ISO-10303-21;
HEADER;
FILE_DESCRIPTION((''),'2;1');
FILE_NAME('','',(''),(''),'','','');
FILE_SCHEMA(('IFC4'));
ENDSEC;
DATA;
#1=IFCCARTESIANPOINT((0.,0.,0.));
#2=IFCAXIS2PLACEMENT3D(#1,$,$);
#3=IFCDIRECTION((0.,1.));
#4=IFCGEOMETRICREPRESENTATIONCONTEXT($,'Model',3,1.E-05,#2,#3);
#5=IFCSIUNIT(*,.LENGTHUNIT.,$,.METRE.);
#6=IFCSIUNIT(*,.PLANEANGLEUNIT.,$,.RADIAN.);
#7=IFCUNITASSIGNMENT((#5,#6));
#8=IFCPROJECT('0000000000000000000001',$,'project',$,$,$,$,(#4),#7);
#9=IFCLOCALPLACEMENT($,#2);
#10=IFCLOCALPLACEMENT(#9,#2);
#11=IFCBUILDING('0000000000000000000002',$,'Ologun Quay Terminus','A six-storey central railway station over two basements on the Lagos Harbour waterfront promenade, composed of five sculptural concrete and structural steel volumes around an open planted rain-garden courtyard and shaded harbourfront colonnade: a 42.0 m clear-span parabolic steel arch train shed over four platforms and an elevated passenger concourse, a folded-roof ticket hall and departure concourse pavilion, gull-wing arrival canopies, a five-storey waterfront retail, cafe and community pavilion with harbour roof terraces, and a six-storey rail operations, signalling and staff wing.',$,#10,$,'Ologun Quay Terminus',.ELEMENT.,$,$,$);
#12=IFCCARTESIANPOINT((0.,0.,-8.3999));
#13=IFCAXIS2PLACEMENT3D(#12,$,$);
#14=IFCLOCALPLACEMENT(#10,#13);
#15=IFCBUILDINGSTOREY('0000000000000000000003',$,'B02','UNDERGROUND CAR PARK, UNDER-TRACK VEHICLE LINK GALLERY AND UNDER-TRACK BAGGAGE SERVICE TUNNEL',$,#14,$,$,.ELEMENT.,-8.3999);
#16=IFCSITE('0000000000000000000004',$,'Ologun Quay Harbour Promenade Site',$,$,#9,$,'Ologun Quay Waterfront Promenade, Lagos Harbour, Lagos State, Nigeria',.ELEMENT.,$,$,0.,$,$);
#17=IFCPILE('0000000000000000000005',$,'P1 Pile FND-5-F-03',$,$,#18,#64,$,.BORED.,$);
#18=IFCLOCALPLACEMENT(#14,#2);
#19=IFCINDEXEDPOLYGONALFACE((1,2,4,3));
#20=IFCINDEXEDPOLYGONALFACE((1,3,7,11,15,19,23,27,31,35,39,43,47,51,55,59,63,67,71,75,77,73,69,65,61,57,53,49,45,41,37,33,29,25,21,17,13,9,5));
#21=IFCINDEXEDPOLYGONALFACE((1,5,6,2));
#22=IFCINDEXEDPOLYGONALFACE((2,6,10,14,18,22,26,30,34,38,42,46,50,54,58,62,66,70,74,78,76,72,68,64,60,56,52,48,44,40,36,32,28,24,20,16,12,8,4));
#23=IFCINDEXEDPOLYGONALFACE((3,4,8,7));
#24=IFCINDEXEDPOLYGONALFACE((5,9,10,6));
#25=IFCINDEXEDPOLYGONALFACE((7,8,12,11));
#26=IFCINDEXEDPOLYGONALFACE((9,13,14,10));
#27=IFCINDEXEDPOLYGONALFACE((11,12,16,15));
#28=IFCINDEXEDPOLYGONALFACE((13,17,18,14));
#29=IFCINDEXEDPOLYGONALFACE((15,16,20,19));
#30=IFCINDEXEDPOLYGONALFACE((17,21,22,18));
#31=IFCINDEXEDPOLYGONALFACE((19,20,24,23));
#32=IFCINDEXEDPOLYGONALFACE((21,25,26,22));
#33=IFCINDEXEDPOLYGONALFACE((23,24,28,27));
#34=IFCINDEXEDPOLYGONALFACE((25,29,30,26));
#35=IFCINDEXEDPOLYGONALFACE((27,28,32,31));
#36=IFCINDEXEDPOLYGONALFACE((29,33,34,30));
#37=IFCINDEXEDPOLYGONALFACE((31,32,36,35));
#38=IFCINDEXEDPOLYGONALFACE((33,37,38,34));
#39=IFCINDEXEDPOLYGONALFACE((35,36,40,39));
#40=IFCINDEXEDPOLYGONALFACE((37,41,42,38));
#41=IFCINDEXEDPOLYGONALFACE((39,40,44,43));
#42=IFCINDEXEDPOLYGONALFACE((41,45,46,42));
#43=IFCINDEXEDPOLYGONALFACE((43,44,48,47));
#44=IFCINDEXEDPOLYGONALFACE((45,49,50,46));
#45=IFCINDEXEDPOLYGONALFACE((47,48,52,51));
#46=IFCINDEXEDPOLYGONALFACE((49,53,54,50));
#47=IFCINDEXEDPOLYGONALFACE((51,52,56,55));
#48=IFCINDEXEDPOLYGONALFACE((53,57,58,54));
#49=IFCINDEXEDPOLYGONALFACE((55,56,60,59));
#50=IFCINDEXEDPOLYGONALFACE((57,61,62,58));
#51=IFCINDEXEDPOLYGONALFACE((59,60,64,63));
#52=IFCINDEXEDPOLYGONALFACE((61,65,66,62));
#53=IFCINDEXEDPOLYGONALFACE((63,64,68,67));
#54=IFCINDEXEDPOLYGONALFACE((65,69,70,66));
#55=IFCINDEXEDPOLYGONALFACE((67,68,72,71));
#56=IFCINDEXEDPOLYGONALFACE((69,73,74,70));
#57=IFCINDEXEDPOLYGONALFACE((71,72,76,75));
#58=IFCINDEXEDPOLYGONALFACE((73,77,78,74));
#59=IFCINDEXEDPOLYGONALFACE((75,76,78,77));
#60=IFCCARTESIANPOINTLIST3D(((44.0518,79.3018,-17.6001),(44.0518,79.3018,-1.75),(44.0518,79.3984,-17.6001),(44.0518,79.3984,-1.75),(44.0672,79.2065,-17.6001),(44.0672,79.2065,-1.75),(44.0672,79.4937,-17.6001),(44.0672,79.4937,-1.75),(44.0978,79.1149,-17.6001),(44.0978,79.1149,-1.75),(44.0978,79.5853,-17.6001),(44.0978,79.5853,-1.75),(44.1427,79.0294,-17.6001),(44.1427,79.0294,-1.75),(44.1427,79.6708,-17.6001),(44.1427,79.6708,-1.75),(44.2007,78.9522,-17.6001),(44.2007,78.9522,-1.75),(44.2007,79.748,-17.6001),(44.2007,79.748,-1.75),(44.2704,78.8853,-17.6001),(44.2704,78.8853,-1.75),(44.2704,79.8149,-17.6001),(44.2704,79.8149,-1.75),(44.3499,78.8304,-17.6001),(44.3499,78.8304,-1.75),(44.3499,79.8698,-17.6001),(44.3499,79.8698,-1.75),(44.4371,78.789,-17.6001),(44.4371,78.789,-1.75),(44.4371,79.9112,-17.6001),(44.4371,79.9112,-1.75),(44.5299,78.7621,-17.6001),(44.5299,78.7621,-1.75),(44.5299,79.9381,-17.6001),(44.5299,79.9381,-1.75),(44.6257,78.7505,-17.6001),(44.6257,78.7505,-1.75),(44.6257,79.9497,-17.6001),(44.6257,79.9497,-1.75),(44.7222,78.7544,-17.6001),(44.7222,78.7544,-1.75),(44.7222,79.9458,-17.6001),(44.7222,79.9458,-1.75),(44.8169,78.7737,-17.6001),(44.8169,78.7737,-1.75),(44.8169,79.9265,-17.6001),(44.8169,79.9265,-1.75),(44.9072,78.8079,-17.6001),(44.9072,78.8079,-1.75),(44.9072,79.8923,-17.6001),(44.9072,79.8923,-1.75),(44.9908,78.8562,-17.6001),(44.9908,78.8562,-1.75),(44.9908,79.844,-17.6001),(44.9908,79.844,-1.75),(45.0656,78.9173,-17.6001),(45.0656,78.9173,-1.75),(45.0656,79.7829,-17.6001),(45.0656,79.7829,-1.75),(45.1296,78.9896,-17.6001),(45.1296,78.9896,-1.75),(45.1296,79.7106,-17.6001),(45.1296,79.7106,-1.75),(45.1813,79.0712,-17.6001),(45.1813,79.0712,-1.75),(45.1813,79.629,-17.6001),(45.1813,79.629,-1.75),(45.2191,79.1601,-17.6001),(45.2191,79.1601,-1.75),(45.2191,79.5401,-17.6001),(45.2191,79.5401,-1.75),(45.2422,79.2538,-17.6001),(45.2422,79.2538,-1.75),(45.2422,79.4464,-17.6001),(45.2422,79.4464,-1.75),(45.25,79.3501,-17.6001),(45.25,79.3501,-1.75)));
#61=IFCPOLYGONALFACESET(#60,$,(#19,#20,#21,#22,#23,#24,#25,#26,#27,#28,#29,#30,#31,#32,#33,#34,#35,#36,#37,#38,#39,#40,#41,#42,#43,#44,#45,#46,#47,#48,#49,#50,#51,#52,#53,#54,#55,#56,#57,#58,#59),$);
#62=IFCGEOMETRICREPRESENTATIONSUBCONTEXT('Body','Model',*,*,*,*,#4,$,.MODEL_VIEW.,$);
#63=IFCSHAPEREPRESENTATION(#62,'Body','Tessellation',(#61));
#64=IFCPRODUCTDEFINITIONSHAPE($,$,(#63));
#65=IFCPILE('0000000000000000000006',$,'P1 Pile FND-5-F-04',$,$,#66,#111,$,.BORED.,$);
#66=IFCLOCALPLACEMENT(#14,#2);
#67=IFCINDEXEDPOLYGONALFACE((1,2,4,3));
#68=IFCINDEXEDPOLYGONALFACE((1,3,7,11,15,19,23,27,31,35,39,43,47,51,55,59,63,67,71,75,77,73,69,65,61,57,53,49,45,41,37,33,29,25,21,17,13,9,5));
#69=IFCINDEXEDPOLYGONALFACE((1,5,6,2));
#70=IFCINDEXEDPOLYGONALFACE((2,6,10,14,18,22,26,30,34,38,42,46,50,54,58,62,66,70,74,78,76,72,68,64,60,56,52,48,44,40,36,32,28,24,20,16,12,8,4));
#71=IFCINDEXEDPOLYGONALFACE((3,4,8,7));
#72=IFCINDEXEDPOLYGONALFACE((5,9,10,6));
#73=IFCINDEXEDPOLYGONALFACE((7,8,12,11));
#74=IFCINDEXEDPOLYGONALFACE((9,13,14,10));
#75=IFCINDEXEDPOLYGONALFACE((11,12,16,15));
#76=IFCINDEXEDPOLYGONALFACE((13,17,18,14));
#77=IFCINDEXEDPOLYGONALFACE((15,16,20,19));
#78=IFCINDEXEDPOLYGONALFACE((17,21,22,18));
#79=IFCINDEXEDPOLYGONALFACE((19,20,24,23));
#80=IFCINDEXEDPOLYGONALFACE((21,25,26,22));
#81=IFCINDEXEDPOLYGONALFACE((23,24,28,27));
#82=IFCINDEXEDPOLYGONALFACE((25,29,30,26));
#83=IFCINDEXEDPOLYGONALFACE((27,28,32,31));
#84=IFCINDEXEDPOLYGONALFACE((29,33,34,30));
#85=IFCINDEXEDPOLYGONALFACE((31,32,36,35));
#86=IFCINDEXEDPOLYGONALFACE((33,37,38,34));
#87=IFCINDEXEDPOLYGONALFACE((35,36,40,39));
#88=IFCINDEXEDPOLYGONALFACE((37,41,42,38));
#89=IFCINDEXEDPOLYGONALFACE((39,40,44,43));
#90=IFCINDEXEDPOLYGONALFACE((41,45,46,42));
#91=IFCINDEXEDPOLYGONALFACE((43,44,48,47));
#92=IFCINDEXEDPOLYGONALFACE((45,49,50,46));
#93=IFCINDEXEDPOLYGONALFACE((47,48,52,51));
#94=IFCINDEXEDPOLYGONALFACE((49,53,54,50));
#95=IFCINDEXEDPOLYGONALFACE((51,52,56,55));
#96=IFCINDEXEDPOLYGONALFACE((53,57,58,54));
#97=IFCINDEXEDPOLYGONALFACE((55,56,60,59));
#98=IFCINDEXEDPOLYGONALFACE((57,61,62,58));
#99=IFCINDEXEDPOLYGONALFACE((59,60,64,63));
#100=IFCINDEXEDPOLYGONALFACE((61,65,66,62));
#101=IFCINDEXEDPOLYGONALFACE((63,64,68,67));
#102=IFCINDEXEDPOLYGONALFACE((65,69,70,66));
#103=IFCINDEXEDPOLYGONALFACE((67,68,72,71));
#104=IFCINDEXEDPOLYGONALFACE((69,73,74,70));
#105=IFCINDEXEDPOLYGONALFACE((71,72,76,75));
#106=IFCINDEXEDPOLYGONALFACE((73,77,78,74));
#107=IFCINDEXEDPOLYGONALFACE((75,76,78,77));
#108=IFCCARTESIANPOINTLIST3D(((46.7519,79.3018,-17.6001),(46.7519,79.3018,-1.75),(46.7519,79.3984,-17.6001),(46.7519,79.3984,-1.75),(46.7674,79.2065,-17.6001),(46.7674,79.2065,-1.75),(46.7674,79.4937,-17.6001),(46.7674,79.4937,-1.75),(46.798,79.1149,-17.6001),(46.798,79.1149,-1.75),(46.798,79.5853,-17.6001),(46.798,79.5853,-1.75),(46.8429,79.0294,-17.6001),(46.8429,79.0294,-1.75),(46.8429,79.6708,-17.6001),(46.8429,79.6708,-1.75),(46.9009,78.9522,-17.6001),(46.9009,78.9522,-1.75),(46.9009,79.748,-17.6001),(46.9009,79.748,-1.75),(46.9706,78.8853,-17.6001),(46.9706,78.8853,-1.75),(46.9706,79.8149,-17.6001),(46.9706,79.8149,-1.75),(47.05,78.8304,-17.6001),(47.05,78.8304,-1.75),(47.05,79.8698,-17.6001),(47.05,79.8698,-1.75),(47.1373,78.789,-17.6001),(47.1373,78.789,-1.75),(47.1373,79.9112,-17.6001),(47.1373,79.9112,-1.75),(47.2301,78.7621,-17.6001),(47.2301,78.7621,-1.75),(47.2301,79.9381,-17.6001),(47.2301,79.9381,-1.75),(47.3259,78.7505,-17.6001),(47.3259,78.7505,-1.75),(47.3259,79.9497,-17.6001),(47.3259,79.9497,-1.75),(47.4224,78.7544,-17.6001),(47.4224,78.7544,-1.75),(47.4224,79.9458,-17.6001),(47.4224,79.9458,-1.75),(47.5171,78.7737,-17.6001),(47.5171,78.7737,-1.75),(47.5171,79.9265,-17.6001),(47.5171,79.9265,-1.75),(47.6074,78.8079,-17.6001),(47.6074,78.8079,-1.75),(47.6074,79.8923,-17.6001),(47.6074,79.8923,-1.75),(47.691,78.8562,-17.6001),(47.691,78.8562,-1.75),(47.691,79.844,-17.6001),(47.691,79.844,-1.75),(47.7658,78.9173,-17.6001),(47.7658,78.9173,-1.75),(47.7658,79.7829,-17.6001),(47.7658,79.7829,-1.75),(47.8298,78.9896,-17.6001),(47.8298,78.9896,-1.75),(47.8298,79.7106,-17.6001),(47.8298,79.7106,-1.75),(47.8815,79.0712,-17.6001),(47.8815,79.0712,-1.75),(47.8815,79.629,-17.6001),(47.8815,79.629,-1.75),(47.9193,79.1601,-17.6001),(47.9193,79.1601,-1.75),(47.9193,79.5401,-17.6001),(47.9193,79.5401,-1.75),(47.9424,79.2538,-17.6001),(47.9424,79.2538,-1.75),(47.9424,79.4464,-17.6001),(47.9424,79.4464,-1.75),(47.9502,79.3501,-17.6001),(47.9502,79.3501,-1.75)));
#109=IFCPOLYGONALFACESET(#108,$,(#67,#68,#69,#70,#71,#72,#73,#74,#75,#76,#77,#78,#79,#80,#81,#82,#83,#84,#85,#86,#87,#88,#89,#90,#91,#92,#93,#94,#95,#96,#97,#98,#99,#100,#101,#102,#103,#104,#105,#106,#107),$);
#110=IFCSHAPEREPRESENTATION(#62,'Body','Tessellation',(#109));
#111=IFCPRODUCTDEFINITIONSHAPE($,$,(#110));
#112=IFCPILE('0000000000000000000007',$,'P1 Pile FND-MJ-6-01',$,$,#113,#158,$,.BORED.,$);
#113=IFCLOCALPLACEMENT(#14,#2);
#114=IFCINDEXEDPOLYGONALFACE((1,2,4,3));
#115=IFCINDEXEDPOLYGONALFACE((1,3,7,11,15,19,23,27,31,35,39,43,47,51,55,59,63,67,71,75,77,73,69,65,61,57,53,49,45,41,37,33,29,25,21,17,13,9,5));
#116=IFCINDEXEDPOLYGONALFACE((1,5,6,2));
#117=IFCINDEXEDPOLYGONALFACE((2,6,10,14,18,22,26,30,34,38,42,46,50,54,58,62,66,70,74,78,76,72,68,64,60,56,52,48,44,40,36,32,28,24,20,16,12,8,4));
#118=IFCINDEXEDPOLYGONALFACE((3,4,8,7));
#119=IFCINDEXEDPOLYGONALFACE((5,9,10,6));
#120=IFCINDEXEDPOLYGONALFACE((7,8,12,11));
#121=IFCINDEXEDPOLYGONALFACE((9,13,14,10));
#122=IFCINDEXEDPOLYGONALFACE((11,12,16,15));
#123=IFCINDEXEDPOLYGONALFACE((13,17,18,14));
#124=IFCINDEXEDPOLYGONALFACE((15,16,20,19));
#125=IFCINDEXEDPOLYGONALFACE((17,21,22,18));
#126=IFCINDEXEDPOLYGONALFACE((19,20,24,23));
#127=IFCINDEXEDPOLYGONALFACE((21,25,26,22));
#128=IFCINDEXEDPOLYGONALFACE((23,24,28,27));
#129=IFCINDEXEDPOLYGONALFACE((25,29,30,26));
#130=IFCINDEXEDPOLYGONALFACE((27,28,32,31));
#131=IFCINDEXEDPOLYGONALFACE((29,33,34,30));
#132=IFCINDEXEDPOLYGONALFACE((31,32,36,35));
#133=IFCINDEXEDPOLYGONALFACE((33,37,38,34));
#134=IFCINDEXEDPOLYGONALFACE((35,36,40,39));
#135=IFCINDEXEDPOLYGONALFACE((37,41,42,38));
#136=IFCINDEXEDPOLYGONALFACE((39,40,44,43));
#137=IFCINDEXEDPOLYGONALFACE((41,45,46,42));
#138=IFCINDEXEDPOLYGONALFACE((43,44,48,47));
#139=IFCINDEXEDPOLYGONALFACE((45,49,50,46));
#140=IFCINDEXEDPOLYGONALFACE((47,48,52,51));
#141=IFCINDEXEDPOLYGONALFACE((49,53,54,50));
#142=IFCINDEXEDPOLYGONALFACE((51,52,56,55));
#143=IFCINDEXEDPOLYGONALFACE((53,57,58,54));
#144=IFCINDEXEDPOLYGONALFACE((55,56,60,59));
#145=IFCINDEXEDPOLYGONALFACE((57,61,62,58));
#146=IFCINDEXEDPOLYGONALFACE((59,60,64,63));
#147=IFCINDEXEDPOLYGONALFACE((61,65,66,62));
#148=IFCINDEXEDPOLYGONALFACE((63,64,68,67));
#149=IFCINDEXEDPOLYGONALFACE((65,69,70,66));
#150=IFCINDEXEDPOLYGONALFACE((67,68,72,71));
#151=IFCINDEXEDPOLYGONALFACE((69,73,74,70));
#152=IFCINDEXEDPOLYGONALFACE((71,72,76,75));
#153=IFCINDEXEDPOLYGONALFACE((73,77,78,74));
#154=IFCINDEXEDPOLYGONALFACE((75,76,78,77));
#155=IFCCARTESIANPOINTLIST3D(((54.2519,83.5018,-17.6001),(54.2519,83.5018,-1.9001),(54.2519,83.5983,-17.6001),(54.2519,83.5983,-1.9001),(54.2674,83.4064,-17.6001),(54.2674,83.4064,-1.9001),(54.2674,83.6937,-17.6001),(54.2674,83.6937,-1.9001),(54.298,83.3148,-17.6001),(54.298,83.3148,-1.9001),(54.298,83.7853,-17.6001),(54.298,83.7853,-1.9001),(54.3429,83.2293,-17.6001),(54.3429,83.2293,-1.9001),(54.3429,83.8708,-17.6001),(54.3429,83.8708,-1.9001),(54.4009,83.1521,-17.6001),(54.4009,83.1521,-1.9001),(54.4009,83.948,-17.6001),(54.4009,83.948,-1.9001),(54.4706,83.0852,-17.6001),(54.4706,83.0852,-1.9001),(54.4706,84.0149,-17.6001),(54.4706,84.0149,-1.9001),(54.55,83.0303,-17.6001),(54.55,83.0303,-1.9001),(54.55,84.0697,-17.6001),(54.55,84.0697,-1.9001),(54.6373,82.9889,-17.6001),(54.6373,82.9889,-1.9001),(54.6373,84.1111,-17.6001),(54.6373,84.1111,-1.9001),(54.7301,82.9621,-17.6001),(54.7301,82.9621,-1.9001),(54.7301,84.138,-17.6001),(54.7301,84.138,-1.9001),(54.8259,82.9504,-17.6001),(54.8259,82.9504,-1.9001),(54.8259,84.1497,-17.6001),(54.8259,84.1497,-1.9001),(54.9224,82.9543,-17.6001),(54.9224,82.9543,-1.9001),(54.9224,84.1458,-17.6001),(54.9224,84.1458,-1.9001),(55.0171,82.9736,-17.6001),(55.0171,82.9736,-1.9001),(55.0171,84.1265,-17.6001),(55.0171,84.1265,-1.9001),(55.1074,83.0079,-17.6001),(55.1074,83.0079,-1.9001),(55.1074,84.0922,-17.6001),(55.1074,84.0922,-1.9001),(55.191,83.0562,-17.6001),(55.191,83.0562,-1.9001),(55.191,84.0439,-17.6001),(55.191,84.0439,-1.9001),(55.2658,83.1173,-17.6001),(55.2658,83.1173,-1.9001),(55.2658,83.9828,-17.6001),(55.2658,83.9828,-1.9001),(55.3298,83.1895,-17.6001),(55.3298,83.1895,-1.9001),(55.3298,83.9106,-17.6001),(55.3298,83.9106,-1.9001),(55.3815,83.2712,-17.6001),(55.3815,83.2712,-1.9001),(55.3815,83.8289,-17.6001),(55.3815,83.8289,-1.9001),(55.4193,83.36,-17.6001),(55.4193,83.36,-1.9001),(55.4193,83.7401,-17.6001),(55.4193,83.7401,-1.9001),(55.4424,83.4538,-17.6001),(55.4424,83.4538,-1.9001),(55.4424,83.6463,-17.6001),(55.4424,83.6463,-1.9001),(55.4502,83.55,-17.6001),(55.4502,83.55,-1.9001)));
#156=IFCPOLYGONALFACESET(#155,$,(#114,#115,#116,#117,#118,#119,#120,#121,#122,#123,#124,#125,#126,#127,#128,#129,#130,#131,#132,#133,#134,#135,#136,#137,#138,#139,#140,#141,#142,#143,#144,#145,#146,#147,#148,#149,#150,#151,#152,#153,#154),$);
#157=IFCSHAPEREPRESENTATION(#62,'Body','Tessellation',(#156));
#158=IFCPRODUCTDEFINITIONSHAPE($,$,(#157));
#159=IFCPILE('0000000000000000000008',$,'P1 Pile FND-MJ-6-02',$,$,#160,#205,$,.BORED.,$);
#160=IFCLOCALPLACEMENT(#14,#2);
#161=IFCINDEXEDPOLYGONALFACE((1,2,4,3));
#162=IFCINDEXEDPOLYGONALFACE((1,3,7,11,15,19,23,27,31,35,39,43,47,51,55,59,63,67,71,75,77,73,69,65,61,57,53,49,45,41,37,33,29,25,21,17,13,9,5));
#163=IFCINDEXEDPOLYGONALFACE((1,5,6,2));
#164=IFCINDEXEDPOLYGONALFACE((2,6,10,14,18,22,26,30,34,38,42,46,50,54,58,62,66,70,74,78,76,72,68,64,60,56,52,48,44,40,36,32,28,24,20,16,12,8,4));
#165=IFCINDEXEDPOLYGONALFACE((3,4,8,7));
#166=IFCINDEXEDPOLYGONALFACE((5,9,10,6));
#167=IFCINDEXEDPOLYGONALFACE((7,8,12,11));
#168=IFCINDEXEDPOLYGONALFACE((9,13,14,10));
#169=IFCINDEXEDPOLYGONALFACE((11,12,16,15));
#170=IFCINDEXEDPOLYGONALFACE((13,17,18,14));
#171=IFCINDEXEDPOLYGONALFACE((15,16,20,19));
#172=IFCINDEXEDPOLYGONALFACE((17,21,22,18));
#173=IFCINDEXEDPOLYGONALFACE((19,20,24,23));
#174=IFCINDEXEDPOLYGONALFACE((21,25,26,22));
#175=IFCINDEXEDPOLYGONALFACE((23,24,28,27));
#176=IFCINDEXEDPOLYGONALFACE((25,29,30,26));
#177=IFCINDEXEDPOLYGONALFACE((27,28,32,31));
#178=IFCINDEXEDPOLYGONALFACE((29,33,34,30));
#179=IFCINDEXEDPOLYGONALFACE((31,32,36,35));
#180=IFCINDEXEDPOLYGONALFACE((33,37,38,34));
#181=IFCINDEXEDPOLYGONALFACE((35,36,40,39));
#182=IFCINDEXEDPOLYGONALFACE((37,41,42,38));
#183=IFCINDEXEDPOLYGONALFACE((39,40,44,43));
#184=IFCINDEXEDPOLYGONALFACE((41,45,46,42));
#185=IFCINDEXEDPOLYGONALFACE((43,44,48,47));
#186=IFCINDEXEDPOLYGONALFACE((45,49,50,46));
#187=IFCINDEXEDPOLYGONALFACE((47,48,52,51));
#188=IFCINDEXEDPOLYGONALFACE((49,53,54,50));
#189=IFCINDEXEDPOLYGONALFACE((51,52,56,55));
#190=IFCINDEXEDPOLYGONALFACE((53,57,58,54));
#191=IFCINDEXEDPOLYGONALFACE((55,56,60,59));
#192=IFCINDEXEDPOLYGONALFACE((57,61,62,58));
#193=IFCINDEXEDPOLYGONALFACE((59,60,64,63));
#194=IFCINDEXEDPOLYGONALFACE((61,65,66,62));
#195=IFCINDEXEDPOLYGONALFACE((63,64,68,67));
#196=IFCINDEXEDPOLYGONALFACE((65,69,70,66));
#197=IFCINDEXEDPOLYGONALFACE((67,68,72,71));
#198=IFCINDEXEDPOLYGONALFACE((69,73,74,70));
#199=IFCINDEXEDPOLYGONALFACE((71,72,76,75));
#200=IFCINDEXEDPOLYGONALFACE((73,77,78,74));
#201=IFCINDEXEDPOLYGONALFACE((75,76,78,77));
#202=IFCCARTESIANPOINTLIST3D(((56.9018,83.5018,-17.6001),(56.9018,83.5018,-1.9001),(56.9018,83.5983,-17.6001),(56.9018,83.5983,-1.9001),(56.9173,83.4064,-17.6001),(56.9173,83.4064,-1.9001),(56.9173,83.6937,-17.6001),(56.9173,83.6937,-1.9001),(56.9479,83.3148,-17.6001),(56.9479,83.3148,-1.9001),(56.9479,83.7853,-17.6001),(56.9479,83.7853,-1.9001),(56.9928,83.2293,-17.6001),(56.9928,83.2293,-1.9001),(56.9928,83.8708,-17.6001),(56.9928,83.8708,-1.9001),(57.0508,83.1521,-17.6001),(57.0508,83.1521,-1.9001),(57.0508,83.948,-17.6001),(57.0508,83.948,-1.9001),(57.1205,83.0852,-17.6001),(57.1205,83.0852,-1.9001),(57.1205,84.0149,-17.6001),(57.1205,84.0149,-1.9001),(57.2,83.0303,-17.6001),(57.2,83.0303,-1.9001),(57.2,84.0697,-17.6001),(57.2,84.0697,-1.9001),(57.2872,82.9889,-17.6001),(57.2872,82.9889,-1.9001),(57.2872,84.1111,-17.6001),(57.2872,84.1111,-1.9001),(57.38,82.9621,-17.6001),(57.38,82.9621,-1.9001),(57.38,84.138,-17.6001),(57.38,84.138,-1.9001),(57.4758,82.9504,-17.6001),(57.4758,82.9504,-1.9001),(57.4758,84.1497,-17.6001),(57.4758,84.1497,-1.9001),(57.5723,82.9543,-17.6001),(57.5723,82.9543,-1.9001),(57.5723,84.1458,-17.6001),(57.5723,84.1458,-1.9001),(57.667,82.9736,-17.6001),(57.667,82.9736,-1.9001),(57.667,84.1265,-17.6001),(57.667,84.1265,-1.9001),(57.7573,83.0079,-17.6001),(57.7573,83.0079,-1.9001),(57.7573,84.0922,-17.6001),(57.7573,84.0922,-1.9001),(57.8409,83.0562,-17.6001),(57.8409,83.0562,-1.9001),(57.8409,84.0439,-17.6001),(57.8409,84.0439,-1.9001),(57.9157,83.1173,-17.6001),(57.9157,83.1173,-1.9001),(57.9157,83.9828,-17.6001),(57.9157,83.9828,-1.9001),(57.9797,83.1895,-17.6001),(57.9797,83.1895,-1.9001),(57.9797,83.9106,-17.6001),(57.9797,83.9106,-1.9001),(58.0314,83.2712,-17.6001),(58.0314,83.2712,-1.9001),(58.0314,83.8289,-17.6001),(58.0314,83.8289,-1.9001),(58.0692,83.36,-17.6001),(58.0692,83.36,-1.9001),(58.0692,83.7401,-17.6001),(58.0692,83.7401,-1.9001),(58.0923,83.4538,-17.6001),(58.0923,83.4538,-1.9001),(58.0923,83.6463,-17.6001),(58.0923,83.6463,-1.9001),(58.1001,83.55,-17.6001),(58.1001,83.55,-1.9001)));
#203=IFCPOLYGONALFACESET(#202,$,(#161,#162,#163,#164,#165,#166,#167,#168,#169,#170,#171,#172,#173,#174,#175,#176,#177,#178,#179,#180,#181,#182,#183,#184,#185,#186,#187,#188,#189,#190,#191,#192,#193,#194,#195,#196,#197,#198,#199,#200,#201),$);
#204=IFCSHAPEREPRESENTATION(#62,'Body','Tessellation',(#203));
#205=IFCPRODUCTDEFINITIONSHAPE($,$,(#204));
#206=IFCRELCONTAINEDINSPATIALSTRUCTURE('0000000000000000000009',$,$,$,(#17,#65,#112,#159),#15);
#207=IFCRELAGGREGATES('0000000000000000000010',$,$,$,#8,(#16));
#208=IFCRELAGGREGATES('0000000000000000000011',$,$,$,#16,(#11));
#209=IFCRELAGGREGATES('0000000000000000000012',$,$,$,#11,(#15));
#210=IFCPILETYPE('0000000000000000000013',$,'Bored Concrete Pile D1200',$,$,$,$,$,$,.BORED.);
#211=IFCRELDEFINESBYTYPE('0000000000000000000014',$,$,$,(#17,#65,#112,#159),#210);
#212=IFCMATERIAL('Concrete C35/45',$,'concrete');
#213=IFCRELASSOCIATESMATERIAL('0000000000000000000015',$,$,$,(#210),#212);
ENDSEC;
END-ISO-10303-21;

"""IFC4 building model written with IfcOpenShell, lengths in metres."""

from ifc_helpers import new_model, si_unit, direction, frame, origin, origin_2d, place, context, subcontext, project, spatial, circle, extrude, material, material_profile, profile_set, type_object, element, save


model = new_model("IFC4")

# Units and contexts
model_context = context("Model", 3, precision=1e-05, world=origin(), true_north=direction((0.0, 1.0)))
body_context = subcontext(model_context, "Body", "Model", "MODEL_VIEW")
ifc_project = project(units=[si_unit("LENGTHUNIT", "METRE"), si_unit("PLANEANGLEUNIT", "RADIAN")], contexts=[model_context])

# Site, building, storey
site_placement = place(None, origin())
site = spatial("IfcSite", under=ifc_project, at=site_placement, Name="Ologun Quay Harbour Promenade Site", LongName="Ologun Quay Waterfront Promenade, Lagos Harbour, Lagos State, Nigeria", CompositionType="ELEMENT", RefElevation=0.0)
building_placement = place(site_placement, origin())
building = spatial("IfcBuilding", under=site, at=building_placement, Name="Ologun Quay Terminus", Description="A six-storey central railway station over two basements on the Lagos Harbour waterfront promenade, composed of five sculptural concrete and structural steel volumes around an open planted rain-garden courtyard and shaded harbourfront colonnade: a 42.0 m clear-span parabolic steel arch train shed over four platforms and an elevated passenger concourse, a folded-roof ticket hall and departure concourse pavilion, gull-wing arrival canopies, a five-storey waterfront retail, cafe and community pavilion with harbour roof terraces, and a six-storey rail operations, signalling and staff wing.", LongName="Ologun Quay Terminus", CompositionType="ELEMENT")
storey_placement = place(building_placement, frame((0.0, 0.0, -8.3999)))
storey = spatial("IfcBuildingStorey", under=building, at=storey_placement, Name="B02", Description="UNDERGROUND CAR PARK, UNDER-TRACK VEHICLE LINK GALLERY AND UNDER-TRACK BAGGAGE SERVICE TUNNEL", CompositionType="ELEMENT", Elevation=-8.3999)

# Piles
ifc_material_1 = material(Name="Concrete C35/45", Category="concrete")
ifc_material_profile_1 = material_profile(ifc_material_1, circle(Radius=0.6001, at=origin_2d()), Name="PILE D1200")
ifc_profile_set_1 = profile_set([ifc_material_profile_1], Name="Concrete C35/45")
pile_type = type_object("IfcPileType", Name="Bored Concrete Pile D1200", PredefinedType="BORED", material=ifc_profile_set_1)
for number, where, z_axis, x_axis, name in (
    (1, (44.6499, 79.3501, -1.75), (0.0, 0.0, -1.0), (1.0, 0.0, 0.0), "P1 Pile FND-5-F-03"),
    (2, (47.3501, 79.3501, -1.75), (0.0, 0.0, -1.0), (1.0, 0.0, 0.0), "P1 Pile FND-5-F-04"),
):
    element("IfcPile", number, at=place(storey_placement, frame(where, z_axis=z_axis, x_axis=x_axis)), inside=storey, type_object=pile_type, Name=name, PredefinedType="BORED", context=body_context, shape_type="SweptSolid", body=[
        extrude(circle(Radius=0.6001, at=origin_2d()), origin(), (0.0, 0.0, 1.0), 15.8501),
    ])
for number, where, z_axis, x_axis, name in (
    (3, (54.8501, 83.55, -1.9001), (0.0, 0.0, -1.0), (1.0, 0.0, 0.0), "P1 Pile FND-MJ-6-01"),
    (4, (57.5, 83.55, -1.9001), (0.0, 0.0, -1.0), (1.0, 0.0, 0.0), "P1 Pile FND-MJ-6-02"),
):
    element("IfcPile", number, at=place(storey_placement, frame(where, z_axis=z_axis, x_axis=x_axis)), inside=storey, type_object=pile_type, Name=name, PredefinedType="BORED", context=body_context, shape_type="SweptSolid", body=[
        extrude(circle(Radius=0.6001, at=origin_2d()), origin(), (0.0, 0.0, 1.0), 15.7),
    ])

save(model, "model.ifc")
